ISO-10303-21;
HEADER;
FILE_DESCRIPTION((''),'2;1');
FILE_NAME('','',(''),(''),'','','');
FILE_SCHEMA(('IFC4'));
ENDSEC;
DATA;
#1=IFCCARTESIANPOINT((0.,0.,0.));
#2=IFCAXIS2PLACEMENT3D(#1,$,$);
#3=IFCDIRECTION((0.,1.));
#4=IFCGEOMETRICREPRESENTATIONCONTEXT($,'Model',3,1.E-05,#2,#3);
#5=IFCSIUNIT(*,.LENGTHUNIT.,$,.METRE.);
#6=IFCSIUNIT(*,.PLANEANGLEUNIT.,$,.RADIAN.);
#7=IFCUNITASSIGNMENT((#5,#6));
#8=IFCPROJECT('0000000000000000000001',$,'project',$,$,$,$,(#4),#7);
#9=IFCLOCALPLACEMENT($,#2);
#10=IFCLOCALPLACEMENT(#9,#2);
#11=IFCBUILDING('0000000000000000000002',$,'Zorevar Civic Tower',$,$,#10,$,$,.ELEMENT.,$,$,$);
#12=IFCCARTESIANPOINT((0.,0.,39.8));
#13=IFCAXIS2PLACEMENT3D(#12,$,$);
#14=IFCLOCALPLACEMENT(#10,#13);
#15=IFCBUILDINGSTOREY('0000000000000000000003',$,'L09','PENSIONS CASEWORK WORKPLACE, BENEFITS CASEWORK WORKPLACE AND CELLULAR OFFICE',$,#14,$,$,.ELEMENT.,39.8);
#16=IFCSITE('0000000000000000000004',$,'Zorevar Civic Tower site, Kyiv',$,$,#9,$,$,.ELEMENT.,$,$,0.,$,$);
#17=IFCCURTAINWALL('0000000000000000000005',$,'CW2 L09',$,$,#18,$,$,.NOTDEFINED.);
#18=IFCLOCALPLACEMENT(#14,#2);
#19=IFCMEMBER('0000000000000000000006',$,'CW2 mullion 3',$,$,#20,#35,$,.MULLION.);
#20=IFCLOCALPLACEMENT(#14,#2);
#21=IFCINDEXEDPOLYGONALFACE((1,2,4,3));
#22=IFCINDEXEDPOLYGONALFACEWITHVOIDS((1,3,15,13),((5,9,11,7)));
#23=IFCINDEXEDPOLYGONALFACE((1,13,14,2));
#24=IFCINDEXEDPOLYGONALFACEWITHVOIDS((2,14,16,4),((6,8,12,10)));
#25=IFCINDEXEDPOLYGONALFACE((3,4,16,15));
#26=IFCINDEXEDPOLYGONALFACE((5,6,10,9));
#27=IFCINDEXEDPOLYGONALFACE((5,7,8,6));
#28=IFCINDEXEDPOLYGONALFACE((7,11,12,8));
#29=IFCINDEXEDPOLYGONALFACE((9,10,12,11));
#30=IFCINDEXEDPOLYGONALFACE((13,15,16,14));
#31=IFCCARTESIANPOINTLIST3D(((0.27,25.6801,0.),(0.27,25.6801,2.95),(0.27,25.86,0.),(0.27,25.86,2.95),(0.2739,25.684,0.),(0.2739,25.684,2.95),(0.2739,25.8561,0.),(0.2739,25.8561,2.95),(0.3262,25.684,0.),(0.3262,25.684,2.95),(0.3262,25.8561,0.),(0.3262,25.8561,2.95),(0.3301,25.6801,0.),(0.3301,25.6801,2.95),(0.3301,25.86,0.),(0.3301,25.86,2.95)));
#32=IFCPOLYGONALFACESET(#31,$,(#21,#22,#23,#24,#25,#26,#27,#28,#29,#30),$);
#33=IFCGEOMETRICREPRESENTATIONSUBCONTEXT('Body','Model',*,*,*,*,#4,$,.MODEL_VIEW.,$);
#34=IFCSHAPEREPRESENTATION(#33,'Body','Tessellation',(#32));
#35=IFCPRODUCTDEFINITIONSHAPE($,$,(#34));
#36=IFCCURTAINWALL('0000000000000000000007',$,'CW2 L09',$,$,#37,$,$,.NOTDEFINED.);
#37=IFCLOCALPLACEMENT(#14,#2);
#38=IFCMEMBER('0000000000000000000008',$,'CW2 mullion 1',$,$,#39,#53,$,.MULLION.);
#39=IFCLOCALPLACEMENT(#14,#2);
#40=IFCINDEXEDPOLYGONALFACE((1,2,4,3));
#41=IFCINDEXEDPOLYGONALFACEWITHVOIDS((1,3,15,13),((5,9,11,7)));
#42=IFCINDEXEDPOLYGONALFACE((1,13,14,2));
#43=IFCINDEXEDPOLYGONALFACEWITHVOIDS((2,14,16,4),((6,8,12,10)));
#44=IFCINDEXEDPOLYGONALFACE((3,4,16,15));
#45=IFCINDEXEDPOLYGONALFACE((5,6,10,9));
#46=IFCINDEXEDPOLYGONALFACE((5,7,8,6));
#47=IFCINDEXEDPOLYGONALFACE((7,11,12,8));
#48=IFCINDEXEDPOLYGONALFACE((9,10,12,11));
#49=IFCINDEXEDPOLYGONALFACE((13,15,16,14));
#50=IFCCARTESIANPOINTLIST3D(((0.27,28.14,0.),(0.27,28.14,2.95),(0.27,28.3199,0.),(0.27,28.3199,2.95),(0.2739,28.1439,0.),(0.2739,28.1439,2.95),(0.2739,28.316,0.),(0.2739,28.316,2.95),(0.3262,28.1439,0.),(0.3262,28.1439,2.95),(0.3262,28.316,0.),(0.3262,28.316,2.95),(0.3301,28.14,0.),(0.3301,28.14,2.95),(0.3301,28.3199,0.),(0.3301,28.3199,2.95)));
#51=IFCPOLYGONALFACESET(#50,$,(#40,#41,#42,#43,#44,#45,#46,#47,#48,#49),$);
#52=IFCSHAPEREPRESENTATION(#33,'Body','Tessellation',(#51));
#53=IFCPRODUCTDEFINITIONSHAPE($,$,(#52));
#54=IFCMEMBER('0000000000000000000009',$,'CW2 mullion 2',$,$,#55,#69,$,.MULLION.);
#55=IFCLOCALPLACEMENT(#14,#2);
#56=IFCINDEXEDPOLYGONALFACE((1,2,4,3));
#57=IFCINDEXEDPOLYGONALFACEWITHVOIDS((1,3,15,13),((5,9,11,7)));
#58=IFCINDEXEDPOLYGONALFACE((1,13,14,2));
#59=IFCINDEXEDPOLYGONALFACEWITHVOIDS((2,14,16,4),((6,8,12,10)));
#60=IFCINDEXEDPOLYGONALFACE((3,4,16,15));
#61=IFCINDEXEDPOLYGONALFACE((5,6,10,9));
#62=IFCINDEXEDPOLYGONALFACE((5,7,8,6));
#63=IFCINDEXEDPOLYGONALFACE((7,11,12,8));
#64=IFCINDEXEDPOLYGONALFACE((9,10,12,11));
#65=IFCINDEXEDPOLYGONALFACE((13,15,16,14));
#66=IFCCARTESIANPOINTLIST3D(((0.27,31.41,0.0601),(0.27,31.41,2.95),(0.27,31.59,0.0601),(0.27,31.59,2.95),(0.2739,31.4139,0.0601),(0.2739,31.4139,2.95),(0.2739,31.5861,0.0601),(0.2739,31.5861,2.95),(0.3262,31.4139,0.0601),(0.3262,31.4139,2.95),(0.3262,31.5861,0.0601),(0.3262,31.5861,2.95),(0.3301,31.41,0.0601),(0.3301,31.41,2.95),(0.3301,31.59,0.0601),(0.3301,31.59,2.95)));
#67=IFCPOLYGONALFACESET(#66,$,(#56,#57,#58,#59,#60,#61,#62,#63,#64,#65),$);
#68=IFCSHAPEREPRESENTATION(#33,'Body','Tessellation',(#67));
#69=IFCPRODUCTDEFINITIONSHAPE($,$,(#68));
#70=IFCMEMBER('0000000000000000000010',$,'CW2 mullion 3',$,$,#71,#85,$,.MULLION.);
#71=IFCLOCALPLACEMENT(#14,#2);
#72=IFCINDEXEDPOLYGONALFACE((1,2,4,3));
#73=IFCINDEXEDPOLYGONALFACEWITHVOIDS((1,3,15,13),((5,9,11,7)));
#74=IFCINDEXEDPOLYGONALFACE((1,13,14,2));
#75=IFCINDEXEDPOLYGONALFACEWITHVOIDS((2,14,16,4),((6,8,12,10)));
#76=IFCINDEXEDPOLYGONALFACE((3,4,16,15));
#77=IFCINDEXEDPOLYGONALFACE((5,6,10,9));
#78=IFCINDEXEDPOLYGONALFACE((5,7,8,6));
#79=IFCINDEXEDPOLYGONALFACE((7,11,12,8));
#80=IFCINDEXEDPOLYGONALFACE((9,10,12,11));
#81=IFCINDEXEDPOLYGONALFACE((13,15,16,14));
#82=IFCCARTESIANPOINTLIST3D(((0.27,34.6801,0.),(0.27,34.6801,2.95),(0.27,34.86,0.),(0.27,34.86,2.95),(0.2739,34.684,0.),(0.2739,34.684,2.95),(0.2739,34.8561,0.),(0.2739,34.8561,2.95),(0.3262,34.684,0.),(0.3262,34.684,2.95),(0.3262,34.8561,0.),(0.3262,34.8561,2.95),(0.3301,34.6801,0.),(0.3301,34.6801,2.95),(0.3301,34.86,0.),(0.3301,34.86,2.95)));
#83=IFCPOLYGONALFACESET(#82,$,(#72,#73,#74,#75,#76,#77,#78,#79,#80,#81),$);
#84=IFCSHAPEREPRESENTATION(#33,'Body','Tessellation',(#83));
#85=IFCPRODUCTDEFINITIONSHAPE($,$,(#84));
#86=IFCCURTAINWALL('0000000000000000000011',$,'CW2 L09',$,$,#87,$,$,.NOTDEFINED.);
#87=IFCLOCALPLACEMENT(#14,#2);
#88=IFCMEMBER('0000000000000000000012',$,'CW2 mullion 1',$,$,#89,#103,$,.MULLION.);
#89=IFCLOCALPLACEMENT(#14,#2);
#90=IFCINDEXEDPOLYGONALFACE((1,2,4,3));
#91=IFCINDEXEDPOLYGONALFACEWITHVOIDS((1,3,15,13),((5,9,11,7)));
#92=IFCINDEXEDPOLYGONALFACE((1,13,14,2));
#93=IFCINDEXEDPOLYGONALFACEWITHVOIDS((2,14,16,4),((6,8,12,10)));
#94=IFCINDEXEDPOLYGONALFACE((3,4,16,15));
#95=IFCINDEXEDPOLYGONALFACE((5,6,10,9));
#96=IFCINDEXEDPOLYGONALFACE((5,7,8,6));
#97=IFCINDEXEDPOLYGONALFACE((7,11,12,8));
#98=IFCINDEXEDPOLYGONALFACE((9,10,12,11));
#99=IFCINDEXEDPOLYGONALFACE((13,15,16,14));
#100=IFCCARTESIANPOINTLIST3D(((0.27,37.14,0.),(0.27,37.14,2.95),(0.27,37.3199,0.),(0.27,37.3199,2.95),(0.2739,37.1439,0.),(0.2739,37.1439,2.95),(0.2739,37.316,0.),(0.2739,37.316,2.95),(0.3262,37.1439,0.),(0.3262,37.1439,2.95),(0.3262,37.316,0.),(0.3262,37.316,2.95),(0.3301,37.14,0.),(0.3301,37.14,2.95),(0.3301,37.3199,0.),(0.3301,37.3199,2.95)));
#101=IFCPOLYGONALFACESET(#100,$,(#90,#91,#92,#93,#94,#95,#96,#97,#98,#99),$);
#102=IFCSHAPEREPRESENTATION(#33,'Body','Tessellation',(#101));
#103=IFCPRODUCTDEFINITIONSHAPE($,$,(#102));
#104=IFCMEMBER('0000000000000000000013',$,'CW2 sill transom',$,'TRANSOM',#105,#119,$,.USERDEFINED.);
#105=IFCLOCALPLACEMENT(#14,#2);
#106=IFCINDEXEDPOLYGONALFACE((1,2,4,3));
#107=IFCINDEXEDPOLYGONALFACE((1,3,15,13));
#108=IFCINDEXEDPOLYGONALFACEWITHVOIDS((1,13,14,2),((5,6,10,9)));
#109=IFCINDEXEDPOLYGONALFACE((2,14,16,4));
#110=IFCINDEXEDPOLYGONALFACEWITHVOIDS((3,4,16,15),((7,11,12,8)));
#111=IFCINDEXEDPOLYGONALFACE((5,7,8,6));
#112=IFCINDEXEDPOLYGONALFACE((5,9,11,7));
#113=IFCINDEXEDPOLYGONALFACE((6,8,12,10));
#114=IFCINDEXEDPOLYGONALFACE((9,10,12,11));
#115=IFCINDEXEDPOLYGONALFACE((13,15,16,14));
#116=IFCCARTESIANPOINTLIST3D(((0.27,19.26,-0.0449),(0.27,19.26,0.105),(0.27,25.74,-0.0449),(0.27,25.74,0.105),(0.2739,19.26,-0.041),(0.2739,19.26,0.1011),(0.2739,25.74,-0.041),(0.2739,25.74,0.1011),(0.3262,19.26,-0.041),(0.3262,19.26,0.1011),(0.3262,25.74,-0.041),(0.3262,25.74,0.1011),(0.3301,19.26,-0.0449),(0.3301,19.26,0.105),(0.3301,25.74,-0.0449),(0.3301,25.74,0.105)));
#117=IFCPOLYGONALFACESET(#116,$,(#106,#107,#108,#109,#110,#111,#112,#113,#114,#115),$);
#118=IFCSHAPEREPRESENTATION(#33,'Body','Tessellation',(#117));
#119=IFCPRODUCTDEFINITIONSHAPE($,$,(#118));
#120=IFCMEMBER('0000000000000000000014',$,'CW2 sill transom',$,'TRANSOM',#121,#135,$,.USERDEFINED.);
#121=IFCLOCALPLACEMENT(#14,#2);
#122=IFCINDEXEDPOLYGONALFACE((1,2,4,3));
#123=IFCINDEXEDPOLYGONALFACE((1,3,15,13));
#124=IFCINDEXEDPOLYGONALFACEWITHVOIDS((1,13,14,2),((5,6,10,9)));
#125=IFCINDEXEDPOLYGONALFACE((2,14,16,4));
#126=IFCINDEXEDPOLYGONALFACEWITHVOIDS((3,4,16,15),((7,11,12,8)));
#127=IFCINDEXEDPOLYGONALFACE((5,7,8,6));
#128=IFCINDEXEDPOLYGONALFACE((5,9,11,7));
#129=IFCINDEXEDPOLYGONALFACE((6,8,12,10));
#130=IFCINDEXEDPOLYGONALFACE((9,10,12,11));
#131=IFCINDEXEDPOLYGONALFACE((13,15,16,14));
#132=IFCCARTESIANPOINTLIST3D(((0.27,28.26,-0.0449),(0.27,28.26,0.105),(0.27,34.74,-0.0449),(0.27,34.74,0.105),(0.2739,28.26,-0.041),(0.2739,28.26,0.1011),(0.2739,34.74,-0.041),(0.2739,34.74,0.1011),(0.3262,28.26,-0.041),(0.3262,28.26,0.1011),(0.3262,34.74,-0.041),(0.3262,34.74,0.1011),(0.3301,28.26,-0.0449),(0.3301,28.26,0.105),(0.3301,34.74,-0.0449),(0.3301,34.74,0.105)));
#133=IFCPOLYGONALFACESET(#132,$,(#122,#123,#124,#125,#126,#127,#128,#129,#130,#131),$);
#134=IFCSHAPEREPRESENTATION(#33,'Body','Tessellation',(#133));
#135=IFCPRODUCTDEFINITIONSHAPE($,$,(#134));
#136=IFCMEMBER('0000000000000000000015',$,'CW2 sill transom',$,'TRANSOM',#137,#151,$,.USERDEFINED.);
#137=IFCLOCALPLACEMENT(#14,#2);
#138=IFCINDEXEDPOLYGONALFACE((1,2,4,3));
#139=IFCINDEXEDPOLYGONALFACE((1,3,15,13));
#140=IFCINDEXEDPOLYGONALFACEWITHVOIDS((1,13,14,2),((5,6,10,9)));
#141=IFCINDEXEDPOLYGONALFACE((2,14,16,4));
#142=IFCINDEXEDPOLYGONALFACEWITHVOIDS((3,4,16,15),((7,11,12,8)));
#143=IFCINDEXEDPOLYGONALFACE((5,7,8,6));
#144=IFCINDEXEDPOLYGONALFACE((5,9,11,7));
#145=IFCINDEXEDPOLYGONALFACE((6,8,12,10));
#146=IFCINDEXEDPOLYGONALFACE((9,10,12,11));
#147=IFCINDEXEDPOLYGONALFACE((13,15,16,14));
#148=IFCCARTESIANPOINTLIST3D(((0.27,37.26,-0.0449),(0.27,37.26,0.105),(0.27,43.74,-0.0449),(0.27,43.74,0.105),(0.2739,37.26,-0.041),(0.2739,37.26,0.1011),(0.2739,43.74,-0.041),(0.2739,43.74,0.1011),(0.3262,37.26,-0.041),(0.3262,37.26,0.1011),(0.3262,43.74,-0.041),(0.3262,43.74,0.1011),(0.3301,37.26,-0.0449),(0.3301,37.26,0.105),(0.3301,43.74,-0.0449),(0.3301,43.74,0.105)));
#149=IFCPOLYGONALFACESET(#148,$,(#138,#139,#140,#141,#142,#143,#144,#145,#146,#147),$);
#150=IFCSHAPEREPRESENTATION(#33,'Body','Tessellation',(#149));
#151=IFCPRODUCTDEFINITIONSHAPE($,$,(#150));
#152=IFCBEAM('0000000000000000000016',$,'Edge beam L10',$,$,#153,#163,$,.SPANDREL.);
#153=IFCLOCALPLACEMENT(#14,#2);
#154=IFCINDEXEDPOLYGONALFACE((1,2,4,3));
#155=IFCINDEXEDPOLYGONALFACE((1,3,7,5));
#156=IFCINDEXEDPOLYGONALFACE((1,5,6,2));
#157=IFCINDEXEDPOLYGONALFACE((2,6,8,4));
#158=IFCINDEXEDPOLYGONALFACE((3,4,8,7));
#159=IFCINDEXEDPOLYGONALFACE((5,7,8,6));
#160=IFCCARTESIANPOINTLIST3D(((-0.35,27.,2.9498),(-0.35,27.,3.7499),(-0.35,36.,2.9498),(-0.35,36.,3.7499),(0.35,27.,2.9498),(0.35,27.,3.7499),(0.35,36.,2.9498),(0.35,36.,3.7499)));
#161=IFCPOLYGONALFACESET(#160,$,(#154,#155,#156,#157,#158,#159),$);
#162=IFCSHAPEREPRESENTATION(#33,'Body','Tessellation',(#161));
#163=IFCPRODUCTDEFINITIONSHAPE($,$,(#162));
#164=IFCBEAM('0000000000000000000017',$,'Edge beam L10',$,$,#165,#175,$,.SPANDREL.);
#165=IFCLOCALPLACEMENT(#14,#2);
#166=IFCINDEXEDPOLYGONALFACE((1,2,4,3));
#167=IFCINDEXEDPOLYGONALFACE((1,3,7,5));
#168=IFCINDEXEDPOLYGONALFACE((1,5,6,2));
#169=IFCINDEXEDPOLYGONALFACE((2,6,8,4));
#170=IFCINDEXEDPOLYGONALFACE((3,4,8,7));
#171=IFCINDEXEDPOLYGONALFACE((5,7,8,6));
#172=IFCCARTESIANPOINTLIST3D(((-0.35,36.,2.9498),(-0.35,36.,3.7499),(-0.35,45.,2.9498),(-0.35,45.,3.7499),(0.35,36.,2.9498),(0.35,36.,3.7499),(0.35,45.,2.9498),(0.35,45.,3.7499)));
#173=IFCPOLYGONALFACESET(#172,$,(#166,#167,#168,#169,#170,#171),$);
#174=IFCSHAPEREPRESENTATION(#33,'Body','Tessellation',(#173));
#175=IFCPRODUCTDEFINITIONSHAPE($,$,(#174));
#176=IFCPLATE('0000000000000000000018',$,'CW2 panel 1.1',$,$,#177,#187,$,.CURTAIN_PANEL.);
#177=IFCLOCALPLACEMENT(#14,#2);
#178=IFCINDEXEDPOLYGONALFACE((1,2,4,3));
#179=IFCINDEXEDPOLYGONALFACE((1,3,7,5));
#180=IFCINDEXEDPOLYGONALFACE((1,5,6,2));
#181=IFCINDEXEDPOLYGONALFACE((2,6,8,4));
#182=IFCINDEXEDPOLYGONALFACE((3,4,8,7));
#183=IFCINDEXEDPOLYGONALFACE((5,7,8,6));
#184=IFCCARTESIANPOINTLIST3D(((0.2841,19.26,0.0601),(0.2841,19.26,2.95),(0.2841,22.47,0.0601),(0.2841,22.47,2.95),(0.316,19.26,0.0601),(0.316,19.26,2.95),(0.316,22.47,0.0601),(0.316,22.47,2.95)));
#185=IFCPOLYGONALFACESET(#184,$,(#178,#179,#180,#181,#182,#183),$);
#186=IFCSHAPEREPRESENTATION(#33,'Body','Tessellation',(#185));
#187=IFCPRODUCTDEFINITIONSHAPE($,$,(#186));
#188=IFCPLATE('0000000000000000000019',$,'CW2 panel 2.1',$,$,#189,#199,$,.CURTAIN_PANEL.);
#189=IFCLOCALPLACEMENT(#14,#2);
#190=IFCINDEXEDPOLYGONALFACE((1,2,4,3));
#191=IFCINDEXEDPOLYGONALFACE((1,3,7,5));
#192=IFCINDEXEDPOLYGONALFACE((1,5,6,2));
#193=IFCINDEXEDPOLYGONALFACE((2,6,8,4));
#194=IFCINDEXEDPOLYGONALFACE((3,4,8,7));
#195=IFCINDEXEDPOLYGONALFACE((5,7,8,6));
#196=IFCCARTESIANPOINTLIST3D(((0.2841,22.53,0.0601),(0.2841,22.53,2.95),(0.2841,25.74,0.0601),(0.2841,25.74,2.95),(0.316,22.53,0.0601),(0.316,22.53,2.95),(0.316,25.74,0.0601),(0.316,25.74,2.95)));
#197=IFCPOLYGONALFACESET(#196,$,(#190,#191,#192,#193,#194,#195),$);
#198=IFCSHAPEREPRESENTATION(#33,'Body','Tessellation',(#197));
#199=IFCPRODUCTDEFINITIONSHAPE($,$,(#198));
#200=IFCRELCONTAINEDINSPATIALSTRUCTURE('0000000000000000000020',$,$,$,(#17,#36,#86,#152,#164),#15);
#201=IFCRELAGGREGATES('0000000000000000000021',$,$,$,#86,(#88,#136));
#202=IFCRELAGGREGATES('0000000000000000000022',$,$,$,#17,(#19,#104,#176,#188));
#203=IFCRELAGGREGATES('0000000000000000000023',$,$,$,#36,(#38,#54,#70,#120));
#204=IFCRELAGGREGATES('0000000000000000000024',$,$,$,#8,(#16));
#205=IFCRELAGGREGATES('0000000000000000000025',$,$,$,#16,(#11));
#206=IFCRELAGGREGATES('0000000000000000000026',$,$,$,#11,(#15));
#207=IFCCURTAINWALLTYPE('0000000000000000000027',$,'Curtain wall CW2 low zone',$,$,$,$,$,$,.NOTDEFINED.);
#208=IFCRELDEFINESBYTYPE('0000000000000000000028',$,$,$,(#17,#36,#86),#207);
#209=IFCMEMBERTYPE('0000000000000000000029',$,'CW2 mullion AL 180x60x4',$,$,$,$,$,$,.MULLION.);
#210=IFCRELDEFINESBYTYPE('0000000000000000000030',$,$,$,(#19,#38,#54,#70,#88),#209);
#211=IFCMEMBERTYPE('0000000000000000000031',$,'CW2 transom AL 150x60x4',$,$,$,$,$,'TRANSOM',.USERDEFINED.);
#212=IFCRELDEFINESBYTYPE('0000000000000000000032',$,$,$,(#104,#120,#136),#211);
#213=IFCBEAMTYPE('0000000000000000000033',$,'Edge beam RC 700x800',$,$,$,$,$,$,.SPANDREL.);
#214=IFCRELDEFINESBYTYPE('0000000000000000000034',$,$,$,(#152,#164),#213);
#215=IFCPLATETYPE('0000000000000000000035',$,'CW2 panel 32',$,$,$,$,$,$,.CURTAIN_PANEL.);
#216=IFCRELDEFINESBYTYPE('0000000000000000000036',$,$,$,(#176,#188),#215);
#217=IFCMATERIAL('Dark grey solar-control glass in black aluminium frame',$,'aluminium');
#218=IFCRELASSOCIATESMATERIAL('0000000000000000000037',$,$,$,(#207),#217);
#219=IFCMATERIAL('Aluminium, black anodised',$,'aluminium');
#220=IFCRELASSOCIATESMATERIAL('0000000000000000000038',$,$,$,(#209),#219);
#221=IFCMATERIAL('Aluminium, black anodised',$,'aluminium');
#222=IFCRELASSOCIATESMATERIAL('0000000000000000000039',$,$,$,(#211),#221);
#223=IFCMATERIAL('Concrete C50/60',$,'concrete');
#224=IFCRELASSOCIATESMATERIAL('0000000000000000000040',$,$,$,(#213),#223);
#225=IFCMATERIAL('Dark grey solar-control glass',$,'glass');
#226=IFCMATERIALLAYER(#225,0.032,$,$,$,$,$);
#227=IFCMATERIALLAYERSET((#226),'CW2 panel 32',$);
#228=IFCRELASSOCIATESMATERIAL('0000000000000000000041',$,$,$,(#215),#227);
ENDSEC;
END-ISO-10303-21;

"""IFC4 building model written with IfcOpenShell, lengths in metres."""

from ifc_helpers import new_model, si_unit, direction, frame, origin, origin_2d, place, context, subcontext, project, spatial, rectangle, hollow_rectangle, extrude, material, layer, layer_set, material_profile, profile_set, type_object, element, aggregate, save


model = new_model("IFC4")

# Units and contexts
model_context = context("Model", 3, precision=1e-05, world=origin(), true_north=direction((0.0, 1.0)))
body_context = subcontext(model_context, "Body", "Model", "MODEL_VIEW")
ifc_project = project(units=[si_unit("LENGTHUNIT", "METRE"), si_unit("PLANEANGLEUNIT", "RADIAN")], contexts=[model_context])

# Site, building, storey
site_placement = place(None, origin())
site = spatial("IfcSite", under=ifc_project, at=site_placement, Name="Zorevar Civic Tower site, Kyiv", CompositionType="ELEMENT", RefElevation=0.0)
building_placement = place(site_placement, origin())
building = spatial("IfcBuilding", under=site, at=building_placement, Name="Zorevar Civic Tower", CompositionType="ELEMENT")
storey_placement = place(building_placement, frame((0.0, 0.0, 39.8)))
storey = spatial("IfcBuildingStorey", under=building, at=storey_placement, Name="L09", Description="PENSIONS CASEWORK WORKPLACE, BENEFITS CASEWORK WORKPLACE AND CELLULAR OFFICE", CompositionType="ELEMENT", Elevation=39.8)

# Curtain walls, members
ifc_material_1 = material(Name="Dark grey solar-control glass in black aluminium frame", Category="aluminium")
curtain_wall_type = type_object("IfcCurtainWallType", Name="Curtain wall CW2 low zone", PredefinedType="NOTDEFINED", material=ifc_material_1)
curtain_wall_1_placement = place(storey_placement, origin())
curtain_wall_1 = element("IfcCurtainWall", 1, at=curtain_wall_1_placement, inside=storey, type_object=curtain_wall_type, Name="CW2 L09", PredefinedType="NOTDEFINED")
ifc_material_2 = material(Name="Aluminium, black anodised", Category="aluminium")
ifc_material_profile_1 = material_profile(ifc_material_2, hollow_rectangle(XDim=0.0601, YDim=0.1799, WallThickness=0.0039, at=origin_2d()), Name="AL 180x60x4")
ifc_profile_set_1 = profile_set([ifc_material_profile_1], Name="Aluminium, black anodised")
member_type_1 = type_object("IfcMemberType", Name="CW2 mullion AL 180x60x4", PredefinedType="MULLION", material=ifc_profile_set_1)
member_1_placement = place(storey_placement, frame((0.3, 25.77, 0.0), z_axis=(0.0, 0.0, 1.0), x_axis=(-1.0, 0.0, 0.0)))
member_1 = element("IfcMember", 2, at=member_1_placement, type_object=member_type_1, Name="CW2 mullion 3", PredefinedType="MULLION", context=body_context, shape_type="SweptSolid", body=[
    extrude(hollow_rectangle(XDim=0.0601, YDim=0.1799, WallThickness=0.0039, at=origin_2d()), origin(), (0.0, 0.0, 1.0), 2.95),
])
curtain_wall_2_placement = place(storey_placement, origin())
curtain_wall_2 = element("IfcCurtainWall", 3, at=curtain_wall_2_placement, inside=storey, type_object=curtain_wall_type, Name="CW2 L09", PredefinedType="NOTDEFINED")
member_2_placement = place(storey_placement, frame((0.3, 28.23, 0.0), z_axis=(0.0, 0.0, 1.0), x_axis=(-1.0, 0.0, 0.0)))
member_2 = element("IfcMember", 4, at=member_2_placement, type_object=member_type_1, Name="CW2 mullion 1", PredefinedType="MULLION", context=body_context, shape_type="SweptSolid", body=[
    extrude(hollow_rectangle(XDim=0.0601, YDim=0.1799, WallThickness=0.0039, at=origin_2d()), origin(), (0.0, 0.0, 1.0), 2.95),
])
member_3_placement = place(storey_placement, frame((0.3, 31.5, 0.0601), z_axis=(0.0, 0.0, 1.0), x_axis=(-1.0, 0.0, 0.0)))
member_3 = element("IfcMember", 5, at=member_3_placement, type_object=member_type_1, Name="CW2 mullion 2", PredefinedType="MULLION", context=body_context, shape_type="SweptSolid", body=[
    extrude(hollow_rectangle(XDim=0.0601, YDim=0.1799, WallThickness=0.0039, at=origin_2d()), origin(), (0.0, 0.0, 1.0), 2.8899),
])
member_4_placement = place(storey_placement, frame((0.3, 34.77, 0.0), z_axis=(0.0, 0.0, 1.0), x_axis=(-1.0, 0.0, 0.0)))
member_4 = element("IfcMember", 6, at=member_4_placement, type_object=member_type_1, Name="CW2 mullion 3", PredefinedType="MULLION", context=body_context, shape_type="SweptSolid", body=[
    extrude(hollow_rectangle(XDim=0.0601, YDim=0.1799, WallThickness=0.0039, at=origin_2d()), origin(), (0.0, 0.0, 1.0), 2.95),
])

# Curtain wall, member
curtain_wall_3_placement = place(storey_placement, origin())
curtain_wall_3 = element("IfcCurtainWall", 7, at=curtain_wall_3_placement, inside=storey, type_object=curtain_wall_type, Name="CW2 L09", PredefinedType="NOTDEFINED")
member_5_placement = place(storey_placement, frame((0.3, 37.23, 0.0), z_axis=(0.0, 0.0, 1.0), x_axis=(-1.0, 0.0, 0.0)))
member_5 = element("IfcMember", 8, at=member_5_placement, type_object=member_type_1, Name="CW2 mullion 1", PredefinedType="MULLION", context=body_context, shape_type="SweptSolid", body=[
    extrude(hollow_rectangle(XDim=0.0601, YDim=0.1799, WallThickness=0.0039, at=origin_2d()), origin(), (0.0, 0.0, 1.0), 2.95),
])

# Members
ifc_material_3 = material(Name="Aluminium, black anodised", Category="aluminium")
ifc_material_profile_2 = material_profile(ifc_material_3, hollow_rectangle(XDim=0.0601, YDim=0.1499, WallThickness=0.0039, at=origin_2d()), Name="AL 150x60x4")
ifc_profile_set_2 = profile_set([ifc_material_profile_2], Name="Aluminium, black anodised")
member_type_2 = type_object("IfcMemberType", Name="CW2 transom AL 150x60x4", ElementType="TRANSOM", PredefinedType="USERDEFINED", material=ifc_profile_set_2)
member_6_placement = place(storey_placement, frame((0.3, 19.26, 0.03), z_axis=(0.0, 1.0, 0.0), x_axis=(-1.0, 0.0, 0.0)))
member_6 = element("IfcMember", 9, at=member_6_placement, type_object=member_type_2, Name="CW2 sill transom", ObjectType="TRANSOM", PredefinedType="USERDEFINED", context=body_context, shape_type="SweptSolid", body=[
    extrude(hollow_rectangle(XDim=0.0601, YDim=0.1499, WallThickness=0.0039, at=origin_2d()), origin(), (0.0, 0.0, 1.0), 6.48),
])
member_7_placement = place(storey_placement, frame((0.3, 28.26, 0.03), z_axis=(0.0, 1.0, 0.0), x_axis=(-1.0, 0.0, 0.0)))
member_7 = element("IfcMember", 10, at=member_7_placement, type_object=member_type_2, Name="CW2 sill transom", ObjectType="TRANSOM", PredefinedType="USERDEFINED", context=body_context, shape_type="SweptSolid", body=[
    extrude(hollow_rectangle(XDim=0.0601, YDim=0.1499, WallThickness=0.0039, at=origin_2d()), origin(), (0.0, 0.0, 1.0), 6.48),
])
member_8_placement = place(storey_placement, frame((0.3, 37.26, 0.03), z_axis=(0.0, 1.0, 0.0), x_axis=(-1.0, 0.0, 0.0)))
member_8 = element("IfcMember", 11, at=member_8_placement, type_object=member_type_2, Name="CW2 sill transom", ObjectType="TRANSOM", PredefinedType="USERDEFINED", context=body_context, shape_type="SweptSolid", body=[
    extrude(hollow_rectangle(XDim=0.0601, YDim=0.1499, WallThickness=0.0039, at=origin_2d()), origin(), (0.0, 0.0, 1.0), 6.48),
])
aggregate(curtain_wall_3, [member_5, member_8])

# Beams
ifc_material_4 = material(Name="Concrete C50/60", Category="concrete")
ifc_material_profile_3 = material_profile(ifc_material_4, rectangle(XDim=0.7, YDim=0.8, at=origin_2d()), Name="RC 700x800")
ifc_profile_set_3 = profile_set([ifc_material_profile_3], Name="Concrete C50/60")
beam_type_1 = type_object("IfcBeamType", Name="Edge beam RC 700x800", PredefinedType="SPANDREL", material=ifc_profile_set_3)
for number, where, z_axis, x_axis, name in (
    (12, (0.0, 27.0, 3.3499), (0.0, 1.0, 0.0), (-1.0, 0.0, 0.0), "Edge beam L10"),
    (13, (0.0, 36.0, 3.3499), (0.0, 1.0, 0.0), (-1.0, 0.0, 0.0), "Edge beam L10"),
):
    element("IfcBeam", number, at=place(storey_placement, frame(where, z_axis=z_axis, x_axis=x_axis)), inside=storey, type_object=beam_type_1, Name=name, PredefinedType="SPANDREL", context=body_context, shape_type="SweptSolid", body=[
        extrude(rectangle(XDim=0.7, YDim=0.8, at=origin_2d()), origin(), (0.0, 0.0, 1.0), 9.0),
    ])

# Plates
ifc_material_5 = material(Name="Dark grey solar-control glass", Category="glass")
ifc_layer_1 = layer(ifc_material_5, 0.032)
ifc_layer_set_1 = layer_set([ifc_layer_1], Name="CW2 panel 32")
plate_type = type_object("IfcPlateType", Name="CW2 panel 32", PredefinedType="CURTAIN_PANEL", material=ifc_layer_set_1)
plate_1_placement = place(storey_placement, frame((0.3, 20.865, 0.0601), z_axis=(0.0, 0.0, 1.0), x_axis=(0.0, 1.0, 0.0)))
plate_1 = element("IfcPlate", 14, at=plate_1_placement, type_object=plate_type, Name="CW2 panel 1.1", PredefinedType="CURTAIN_PANEL", context=body_context, shape_type="SweptSolid", body=[
    extrude(rectangle(XDim=3.21, YDim=0.032, at=origin_2d()), origin(), (0.0, 0.0, 1.0), 2.8899),
])
plate_2_placement = place(storey_placement, frame((0.3, 24.135, 0.0601), z_axis=(0.0, 0.0, 1.0), x_axis=(0.0, 1.0, 0.0)))
plate_2 = element("IfcPlate", 15, at=plate_2_placement, type_object=plate_type, Name="CW2 panel 2.1", PredefinedType="CURTAIN_PANEL", context=body_context, shape_type="SweptSolid", body=[
    extrude(rectangle(XDim=3.21, YDim=0.032, at=origin_2d()), origin(), (0.0, 0.0, 1.0), 2.8899),
])
aggregate(curtain_wall_1, [member_1, member_6, plate_1, plate_2])
aggregate(curtain_wall_2, [member_2, member_3, member_4, member_7])

save(model, "model.ifc")
